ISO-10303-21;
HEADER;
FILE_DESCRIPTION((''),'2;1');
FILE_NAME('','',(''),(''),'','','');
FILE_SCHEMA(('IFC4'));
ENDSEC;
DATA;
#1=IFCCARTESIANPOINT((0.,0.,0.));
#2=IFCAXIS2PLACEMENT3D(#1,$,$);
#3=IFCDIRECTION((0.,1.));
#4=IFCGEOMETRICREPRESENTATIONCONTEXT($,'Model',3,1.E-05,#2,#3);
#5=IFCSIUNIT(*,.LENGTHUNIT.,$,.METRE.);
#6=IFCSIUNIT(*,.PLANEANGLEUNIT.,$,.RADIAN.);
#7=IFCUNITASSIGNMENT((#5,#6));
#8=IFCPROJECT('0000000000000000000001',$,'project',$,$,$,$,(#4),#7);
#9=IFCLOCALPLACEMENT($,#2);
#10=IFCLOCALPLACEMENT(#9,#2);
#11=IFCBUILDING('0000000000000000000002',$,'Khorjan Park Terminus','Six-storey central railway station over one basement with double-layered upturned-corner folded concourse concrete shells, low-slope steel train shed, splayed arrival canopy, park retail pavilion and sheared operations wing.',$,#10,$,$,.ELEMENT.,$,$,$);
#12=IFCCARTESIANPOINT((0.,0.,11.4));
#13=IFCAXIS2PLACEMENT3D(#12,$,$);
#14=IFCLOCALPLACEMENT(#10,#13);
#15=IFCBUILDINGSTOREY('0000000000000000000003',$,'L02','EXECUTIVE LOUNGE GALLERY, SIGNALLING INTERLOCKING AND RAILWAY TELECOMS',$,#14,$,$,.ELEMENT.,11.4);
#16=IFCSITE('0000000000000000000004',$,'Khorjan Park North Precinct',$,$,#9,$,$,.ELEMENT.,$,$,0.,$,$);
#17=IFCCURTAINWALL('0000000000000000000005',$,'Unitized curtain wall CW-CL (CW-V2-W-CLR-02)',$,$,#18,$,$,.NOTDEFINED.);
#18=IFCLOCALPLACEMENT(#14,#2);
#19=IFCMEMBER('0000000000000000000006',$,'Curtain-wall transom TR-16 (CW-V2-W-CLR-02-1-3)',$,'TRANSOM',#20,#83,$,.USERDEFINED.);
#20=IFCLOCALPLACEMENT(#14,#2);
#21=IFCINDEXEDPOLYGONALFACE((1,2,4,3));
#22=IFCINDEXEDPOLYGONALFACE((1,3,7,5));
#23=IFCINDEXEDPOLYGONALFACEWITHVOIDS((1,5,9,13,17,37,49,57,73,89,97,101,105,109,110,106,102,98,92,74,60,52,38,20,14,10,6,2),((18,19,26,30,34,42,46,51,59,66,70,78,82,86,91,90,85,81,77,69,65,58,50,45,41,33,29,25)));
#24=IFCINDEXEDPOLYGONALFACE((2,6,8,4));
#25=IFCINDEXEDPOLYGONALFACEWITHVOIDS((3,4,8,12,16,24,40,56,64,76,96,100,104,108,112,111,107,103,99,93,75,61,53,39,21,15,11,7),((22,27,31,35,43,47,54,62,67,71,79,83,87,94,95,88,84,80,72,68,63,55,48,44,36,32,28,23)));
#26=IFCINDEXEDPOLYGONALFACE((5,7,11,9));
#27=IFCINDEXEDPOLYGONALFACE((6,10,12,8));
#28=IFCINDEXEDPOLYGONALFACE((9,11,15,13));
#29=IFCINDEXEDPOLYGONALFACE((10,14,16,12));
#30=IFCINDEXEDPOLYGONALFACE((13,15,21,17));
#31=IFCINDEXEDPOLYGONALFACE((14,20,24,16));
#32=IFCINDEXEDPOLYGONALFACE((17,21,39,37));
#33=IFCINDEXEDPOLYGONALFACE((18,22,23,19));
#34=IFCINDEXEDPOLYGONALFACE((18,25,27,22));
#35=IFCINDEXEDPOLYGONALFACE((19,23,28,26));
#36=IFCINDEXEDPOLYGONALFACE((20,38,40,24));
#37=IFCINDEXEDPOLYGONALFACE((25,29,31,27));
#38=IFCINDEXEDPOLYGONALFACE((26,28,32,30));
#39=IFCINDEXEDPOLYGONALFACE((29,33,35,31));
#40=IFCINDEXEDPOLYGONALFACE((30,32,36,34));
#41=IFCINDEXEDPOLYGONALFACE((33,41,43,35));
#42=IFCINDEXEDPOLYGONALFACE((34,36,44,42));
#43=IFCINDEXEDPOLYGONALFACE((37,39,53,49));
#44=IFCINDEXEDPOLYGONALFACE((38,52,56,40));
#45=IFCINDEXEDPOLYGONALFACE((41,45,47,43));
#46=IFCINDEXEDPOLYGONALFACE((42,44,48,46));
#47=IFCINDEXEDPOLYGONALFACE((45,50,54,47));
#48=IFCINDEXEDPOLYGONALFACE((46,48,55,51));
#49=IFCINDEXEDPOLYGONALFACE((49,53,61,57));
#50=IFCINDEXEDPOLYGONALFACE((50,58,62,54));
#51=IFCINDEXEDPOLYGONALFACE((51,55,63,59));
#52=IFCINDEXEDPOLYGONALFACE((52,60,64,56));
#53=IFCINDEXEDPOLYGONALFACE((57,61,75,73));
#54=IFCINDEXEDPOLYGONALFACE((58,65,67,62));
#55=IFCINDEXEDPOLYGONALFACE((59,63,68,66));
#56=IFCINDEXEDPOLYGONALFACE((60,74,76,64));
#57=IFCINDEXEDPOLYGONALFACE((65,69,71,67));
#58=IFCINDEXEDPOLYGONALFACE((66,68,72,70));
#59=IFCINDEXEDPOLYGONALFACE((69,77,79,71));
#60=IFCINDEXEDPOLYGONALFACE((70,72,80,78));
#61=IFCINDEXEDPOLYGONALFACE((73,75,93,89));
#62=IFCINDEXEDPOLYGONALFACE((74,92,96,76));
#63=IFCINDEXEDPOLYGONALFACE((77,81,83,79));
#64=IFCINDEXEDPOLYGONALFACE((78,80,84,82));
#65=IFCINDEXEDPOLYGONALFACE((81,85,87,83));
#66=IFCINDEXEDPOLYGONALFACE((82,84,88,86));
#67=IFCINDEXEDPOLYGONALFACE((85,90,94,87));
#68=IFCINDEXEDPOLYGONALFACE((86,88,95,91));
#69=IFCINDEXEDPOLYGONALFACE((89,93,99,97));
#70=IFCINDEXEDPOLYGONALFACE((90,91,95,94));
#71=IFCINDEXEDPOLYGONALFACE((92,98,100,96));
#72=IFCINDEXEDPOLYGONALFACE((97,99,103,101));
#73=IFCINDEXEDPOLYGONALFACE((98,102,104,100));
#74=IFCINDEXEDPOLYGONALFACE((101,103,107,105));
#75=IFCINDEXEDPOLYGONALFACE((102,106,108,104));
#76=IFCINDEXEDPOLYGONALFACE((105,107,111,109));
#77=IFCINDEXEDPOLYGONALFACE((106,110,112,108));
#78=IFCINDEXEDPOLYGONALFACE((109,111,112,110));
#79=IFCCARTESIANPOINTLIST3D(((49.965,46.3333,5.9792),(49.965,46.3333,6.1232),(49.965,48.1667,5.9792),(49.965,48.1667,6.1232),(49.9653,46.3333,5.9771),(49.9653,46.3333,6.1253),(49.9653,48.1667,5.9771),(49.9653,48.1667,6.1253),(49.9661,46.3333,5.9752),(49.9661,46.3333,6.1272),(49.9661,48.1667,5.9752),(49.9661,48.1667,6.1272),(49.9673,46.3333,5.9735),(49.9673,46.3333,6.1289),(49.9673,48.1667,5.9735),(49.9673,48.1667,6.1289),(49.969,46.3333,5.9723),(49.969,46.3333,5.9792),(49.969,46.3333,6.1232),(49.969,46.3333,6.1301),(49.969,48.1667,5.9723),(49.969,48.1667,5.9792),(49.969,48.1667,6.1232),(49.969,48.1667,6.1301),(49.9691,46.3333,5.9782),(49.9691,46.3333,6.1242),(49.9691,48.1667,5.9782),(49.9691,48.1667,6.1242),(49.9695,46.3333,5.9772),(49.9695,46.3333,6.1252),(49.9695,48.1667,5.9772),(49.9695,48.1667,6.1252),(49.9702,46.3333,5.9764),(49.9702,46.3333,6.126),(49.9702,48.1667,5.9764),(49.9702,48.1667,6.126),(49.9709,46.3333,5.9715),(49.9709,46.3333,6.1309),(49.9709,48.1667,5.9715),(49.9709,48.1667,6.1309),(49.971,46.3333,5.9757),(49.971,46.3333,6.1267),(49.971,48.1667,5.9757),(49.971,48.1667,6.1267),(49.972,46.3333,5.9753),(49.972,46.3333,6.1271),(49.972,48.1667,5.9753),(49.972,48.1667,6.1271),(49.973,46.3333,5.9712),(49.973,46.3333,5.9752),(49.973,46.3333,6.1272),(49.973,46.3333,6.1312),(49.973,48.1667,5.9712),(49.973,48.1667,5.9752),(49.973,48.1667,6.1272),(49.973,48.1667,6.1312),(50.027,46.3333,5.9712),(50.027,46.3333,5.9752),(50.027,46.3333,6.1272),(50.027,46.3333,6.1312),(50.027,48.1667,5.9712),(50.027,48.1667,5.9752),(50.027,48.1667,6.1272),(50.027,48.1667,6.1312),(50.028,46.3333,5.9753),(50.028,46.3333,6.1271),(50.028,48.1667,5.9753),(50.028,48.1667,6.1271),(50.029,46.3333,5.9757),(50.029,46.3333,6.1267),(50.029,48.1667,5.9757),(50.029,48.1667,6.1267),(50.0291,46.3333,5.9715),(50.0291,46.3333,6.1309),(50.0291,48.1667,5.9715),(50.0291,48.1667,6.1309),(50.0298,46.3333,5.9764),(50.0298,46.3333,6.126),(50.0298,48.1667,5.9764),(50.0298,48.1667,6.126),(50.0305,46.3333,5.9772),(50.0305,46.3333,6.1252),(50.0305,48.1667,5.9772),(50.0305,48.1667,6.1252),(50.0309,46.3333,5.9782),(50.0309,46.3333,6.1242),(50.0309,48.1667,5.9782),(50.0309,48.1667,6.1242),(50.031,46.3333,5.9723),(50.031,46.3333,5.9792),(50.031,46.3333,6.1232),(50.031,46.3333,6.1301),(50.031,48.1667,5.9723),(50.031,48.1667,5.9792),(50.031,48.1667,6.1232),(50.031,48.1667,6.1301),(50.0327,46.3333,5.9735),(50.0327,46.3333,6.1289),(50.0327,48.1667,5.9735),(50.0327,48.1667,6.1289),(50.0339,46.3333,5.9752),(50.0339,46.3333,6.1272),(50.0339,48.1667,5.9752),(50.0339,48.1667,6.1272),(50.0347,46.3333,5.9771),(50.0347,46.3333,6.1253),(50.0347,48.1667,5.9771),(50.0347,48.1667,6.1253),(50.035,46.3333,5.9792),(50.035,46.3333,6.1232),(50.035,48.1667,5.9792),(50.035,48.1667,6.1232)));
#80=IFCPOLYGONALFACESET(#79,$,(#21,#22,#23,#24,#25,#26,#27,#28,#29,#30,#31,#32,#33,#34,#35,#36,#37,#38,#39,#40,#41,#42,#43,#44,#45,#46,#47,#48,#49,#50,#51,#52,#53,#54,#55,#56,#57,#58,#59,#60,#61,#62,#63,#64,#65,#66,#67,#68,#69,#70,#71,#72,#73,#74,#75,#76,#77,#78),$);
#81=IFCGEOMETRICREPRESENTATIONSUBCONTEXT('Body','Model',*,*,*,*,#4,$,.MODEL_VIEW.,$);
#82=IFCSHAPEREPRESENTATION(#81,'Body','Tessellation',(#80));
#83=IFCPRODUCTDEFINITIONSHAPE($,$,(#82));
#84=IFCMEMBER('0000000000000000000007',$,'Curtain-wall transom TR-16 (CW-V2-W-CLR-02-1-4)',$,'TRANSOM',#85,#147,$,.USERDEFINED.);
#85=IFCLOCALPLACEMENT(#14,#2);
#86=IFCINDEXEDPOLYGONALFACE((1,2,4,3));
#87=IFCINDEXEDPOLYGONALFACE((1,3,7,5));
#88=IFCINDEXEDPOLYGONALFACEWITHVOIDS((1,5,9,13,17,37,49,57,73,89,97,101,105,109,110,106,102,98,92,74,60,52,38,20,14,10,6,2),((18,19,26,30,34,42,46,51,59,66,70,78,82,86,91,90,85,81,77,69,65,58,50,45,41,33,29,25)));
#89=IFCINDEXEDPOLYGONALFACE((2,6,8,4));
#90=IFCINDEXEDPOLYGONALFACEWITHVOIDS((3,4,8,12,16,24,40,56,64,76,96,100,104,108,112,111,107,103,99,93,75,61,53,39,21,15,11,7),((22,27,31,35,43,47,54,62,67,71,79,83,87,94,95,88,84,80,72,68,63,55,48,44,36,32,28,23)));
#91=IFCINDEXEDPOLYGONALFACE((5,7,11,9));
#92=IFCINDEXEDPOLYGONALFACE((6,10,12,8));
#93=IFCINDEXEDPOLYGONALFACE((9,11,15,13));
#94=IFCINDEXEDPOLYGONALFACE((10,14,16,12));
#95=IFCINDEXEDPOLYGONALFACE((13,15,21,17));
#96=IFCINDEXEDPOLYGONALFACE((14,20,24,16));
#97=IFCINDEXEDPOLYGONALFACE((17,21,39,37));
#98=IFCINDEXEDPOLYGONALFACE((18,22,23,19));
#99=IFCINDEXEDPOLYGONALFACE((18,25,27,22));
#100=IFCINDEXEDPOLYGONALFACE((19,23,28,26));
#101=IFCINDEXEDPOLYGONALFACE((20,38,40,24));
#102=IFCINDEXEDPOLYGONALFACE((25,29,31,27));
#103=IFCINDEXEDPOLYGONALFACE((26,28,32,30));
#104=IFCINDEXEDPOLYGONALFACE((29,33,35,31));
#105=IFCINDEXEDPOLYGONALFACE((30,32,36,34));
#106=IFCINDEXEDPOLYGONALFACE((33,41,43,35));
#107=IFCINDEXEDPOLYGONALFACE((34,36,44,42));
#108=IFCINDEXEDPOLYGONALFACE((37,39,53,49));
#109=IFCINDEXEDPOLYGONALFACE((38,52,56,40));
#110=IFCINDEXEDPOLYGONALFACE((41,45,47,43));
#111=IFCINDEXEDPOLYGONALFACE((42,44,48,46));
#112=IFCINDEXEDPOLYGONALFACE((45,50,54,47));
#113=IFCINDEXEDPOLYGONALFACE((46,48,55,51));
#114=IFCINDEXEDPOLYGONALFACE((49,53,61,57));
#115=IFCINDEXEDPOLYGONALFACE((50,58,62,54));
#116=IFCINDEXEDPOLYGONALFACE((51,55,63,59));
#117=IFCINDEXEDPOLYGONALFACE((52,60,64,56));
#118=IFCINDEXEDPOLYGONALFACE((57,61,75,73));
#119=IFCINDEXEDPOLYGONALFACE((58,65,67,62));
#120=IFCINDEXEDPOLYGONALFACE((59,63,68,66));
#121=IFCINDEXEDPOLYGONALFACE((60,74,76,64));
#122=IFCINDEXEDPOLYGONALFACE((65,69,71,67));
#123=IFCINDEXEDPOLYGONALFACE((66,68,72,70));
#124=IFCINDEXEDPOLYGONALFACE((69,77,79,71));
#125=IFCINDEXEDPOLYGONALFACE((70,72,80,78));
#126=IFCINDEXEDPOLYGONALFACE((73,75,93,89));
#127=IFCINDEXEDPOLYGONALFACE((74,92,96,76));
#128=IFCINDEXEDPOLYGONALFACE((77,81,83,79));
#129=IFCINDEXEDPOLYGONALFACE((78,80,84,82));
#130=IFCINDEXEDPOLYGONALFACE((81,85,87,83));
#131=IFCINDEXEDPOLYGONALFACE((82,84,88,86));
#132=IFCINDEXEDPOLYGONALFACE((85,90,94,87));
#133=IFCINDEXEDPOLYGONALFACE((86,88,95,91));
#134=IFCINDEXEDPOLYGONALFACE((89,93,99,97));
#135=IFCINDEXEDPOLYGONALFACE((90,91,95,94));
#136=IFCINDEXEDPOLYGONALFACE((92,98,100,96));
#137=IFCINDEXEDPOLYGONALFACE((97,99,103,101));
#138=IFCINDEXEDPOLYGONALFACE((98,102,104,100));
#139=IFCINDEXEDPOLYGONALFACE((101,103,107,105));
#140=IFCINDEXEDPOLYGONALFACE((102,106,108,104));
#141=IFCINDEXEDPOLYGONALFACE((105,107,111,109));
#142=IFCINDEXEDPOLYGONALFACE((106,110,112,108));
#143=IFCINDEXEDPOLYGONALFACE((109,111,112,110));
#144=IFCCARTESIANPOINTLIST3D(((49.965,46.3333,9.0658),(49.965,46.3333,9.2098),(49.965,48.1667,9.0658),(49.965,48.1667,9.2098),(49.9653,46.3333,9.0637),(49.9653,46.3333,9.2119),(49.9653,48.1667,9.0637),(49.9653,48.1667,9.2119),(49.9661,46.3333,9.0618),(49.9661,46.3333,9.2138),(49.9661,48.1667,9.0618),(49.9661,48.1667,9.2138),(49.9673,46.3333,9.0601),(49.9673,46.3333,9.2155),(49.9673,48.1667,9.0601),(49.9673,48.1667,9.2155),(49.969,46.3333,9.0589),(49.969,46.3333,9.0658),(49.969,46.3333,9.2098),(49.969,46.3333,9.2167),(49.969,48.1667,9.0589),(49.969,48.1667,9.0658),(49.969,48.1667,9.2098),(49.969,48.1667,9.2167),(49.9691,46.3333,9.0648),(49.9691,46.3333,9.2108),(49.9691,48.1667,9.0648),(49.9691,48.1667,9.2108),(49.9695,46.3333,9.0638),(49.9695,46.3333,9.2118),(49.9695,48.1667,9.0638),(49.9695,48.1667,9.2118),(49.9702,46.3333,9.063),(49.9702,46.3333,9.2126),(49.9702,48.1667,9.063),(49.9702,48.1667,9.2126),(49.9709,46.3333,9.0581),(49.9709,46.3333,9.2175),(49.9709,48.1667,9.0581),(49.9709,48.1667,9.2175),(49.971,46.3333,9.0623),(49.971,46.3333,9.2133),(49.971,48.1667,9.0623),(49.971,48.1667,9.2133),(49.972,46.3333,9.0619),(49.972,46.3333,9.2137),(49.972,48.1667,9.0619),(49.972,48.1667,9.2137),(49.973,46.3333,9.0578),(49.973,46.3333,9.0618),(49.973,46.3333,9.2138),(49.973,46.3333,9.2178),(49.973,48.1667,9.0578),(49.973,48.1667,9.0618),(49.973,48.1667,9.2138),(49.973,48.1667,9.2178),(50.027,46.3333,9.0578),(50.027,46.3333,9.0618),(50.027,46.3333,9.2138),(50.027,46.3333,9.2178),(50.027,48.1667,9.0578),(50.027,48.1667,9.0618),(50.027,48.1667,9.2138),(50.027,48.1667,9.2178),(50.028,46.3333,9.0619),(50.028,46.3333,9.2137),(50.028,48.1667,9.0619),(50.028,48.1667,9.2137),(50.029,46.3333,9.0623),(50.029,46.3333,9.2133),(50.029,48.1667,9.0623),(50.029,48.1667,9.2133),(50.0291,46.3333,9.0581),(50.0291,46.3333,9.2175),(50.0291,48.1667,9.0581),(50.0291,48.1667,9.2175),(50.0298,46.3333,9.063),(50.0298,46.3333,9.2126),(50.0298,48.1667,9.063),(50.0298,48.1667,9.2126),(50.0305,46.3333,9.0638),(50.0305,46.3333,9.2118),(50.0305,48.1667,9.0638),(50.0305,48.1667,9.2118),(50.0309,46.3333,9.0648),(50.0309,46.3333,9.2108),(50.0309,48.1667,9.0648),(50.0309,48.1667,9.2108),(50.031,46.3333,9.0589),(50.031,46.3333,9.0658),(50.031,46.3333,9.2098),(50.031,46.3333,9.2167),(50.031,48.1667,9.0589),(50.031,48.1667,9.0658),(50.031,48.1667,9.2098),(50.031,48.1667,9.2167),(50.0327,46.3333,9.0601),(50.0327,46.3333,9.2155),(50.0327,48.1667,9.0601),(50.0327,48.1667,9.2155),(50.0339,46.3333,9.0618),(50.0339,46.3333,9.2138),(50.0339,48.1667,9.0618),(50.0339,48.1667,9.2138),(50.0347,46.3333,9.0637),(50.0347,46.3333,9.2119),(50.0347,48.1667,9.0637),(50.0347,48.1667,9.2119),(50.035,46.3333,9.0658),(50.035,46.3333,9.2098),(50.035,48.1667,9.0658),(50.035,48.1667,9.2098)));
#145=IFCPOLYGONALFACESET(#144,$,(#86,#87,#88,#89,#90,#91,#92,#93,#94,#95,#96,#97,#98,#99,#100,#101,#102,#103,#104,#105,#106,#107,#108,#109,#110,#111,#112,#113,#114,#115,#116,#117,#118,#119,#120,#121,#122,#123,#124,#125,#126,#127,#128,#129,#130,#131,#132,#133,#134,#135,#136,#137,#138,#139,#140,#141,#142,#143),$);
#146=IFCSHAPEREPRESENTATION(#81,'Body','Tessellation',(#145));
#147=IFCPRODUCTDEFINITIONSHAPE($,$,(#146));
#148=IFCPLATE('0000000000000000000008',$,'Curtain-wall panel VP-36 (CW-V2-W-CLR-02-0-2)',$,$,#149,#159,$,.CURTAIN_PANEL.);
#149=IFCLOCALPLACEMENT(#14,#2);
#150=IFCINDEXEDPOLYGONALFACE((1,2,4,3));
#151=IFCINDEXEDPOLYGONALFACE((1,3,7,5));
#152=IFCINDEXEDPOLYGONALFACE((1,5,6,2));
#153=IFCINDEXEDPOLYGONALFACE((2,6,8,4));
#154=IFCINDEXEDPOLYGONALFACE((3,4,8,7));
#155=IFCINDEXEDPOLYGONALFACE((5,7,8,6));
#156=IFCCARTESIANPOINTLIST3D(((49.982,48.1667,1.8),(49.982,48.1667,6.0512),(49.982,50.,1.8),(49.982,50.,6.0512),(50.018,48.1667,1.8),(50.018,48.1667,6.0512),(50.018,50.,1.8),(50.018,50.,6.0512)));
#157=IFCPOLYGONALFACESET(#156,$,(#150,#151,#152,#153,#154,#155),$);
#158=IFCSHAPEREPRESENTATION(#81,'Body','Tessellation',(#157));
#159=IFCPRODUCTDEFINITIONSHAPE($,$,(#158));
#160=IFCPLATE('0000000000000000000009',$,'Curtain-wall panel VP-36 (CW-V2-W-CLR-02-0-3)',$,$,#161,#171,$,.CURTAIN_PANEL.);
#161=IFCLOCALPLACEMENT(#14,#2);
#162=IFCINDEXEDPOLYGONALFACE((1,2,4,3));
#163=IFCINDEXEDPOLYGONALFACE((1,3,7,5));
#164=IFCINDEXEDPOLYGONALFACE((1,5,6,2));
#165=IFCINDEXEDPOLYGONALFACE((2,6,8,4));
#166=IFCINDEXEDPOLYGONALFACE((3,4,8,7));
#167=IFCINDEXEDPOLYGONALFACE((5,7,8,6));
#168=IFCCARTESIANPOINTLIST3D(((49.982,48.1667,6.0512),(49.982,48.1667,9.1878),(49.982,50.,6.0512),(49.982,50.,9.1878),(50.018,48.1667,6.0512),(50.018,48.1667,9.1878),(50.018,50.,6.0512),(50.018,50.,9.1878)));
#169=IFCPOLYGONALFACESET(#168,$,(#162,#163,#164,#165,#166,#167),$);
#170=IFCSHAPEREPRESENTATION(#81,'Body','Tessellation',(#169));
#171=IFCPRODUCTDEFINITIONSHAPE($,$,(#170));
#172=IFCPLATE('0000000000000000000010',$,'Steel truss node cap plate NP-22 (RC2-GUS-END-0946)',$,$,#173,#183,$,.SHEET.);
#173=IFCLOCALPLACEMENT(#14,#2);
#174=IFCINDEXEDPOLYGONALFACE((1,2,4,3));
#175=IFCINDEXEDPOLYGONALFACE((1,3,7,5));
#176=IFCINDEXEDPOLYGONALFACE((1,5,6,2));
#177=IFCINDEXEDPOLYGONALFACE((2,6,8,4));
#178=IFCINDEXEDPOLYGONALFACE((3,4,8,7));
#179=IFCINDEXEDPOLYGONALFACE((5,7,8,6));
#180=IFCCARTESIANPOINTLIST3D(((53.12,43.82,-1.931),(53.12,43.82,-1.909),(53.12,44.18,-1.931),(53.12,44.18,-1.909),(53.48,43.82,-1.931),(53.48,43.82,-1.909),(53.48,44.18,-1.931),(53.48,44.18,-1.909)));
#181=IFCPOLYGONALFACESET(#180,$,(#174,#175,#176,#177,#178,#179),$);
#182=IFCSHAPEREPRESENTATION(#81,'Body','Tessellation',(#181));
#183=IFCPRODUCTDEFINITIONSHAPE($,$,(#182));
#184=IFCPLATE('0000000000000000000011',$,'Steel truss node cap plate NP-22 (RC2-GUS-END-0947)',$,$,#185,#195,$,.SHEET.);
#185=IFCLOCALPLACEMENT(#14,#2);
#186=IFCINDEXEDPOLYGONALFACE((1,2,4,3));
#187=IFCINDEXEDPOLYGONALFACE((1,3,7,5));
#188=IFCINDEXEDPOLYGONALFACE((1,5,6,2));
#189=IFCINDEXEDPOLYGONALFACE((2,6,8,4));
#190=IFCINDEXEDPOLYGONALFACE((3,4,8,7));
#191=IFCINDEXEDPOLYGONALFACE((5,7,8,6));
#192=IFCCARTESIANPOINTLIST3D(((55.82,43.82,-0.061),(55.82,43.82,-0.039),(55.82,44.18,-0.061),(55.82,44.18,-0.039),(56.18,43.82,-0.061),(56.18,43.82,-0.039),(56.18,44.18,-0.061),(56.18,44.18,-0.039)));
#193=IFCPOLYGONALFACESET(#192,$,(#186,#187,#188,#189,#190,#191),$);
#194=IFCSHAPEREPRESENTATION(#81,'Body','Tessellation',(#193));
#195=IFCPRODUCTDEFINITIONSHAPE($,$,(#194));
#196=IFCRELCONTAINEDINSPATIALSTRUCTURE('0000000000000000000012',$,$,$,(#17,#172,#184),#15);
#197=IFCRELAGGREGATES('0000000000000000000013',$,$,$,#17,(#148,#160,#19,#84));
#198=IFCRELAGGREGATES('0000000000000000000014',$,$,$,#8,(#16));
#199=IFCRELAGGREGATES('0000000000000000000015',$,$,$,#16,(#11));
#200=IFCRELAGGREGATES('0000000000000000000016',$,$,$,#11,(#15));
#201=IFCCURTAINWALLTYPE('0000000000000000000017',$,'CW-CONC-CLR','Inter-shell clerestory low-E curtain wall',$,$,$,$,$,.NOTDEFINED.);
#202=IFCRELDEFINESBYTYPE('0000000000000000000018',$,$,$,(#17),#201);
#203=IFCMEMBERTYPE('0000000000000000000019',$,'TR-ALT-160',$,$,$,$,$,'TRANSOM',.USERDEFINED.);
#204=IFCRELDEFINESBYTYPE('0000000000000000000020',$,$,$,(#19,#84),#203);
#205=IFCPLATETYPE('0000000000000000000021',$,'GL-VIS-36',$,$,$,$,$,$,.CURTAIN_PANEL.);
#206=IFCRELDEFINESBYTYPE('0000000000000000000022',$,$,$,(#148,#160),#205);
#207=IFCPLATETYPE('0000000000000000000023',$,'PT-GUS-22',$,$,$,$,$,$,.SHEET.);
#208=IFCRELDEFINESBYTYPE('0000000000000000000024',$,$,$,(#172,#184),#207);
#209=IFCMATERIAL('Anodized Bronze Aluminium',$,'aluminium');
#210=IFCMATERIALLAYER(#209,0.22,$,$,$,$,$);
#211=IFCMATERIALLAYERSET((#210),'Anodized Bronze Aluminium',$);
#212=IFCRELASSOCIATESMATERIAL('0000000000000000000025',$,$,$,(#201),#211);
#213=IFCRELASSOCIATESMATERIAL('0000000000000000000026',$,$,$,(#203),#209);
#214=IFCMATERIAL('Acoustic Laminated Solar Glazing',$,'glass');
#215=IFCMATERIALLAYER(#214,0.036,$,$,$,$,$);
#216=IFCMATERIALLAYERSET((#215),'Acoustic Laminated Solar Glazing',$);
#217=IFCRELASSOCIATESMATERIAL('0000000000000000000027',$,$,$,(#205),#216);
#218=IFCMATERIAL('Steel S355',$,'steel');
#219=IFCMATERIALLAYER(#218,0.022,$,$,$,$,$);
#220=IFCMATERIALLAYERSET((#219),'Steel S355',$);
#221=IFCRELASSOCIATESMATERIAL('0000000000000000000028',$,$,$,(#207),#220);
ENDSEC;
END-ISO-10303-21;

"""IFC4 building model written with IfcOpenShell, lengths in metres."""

from ifc_helpers import new_model, si_unit, direction, frame, origin, origin_2d, place, context, subcontext, project, spatial, rectangle, hollow_rectangle, extrude, material, layer, layer_set, material_profile, profile_set, type_object, element, aggregate, save


model = new_model("IFC4")

# Units and contexts
model_context = context("Model", 3, precision=1e-05, world=origin(), true_north=direction((0.0, 1.0)))
body_context = subcontext(model_context, "Body", "Model", "MODEL_VIEW")
ifc_project = project(units=[si_unit("LENGTHUNIT", "METRE"), si_unit("PLANEANGLEUNIT", "RADIAN")], contexts=[model_context])

# Site, building, storey
site_placement = place(None, origin())
site = spatial("IfcSite", under=ifc_project, at=site_placement, Name="Khorjan Park North Precinct", CompositionType="ELEMENT", RefElevation=0.0)
building_placement = place(site_placement, origin())
building = spatial("IfcBuilding", under=site, at=building_placement, Name="Khorjan Park Terminus", Description="Six-storey central railway station over one basement with double-layered upturned-corner folded concourse concrete shells, low-slope steel train shed, splayed arrival canopy, park retail pavilion and sheared operations wing.", CompositionType="ELEMENT")
storey_placement = place(building_placement, frame((0.0, 0.0, 11.4)))
storey = spatial("IfcBuildingStorey", under=building, at=storey_placement, Name="L02", Description="EXECUTIVE LOUNGE GALLERY, SIGNALLING INTERLOCKING AND RAILWAY TELECOMS", CompositionType="ELEMENT", Elevation=11.4)

# Shared definitions
ifc_material_1 = material(Name="Steel S355", Category="steel")

# Curtain wall, members, plates
ifc_material_2 = material(Name="Anodized Bronze Aluminium", Category="aluminium")
ifc_layer_1 = layer(ifc_material_2, 0.22)
ifc_layer_set_1 = layer_set([ifc_layer_1], Name="Anodized Bronze Aluminium")
curtain_wall_type = type_object("IfcCurtainWallType", Name="CW-CONC-CLR", Description="Inter-shell clerestory low-E curtain wall", PredefinedType="NOTDEFINED", material=ifc_layer_set_1)
curtain_wall_placement = place(storey_placement, origin())
curtain_wall = element("IfcCurtainWall", 1, at=curtain_wall_placement, inside=storey, type_object=curtain_wall_type, Name="Unitized curtain wall CW-CL (CW-V2-W-CLR-02)", PredefinedType="NOTDEFINED")
ifc_material_profile_1 = material_profile(ifc_material_2, hollow_rectangle(XDim=0.07, YDim=0.16, WallThickness=0.004, InnerFilletRadius=0.004, OuterFilletRadius=0.008, at=origin_2d()), Name="ALT 70x160x4")
ifc_profile_set_1 = profile_set([ifc_material_profile_1], Name="Anodized Bronze Aluminium")
member_type_1 = type_object("IfcMemberType", Name="TR-ALT-160", ElementType="TRANSOM", PredefinedType="USERDEFINED", material=ifc_profile_set_1)
member_1_placement = place(storey_placement, frame((50.0, 48.1667, 6.0512), z_axis=(0.0, -1.0, 0.0), x_axis=(1.0, 0.0, 0.0)))
member_1 = element("IfcMember", 2, at=member_1_placement, type_object=member_type_1, Name="Curtain-wall transom TR-16 (CW-V2-W-CLR-02-1-3)", ObjectType="TRANSOM", PredefinedType="USERDEFINED", context=body_context, shape_type="SweptSolid", body=[
    extrude(hollow_rectangle(XDim=0.07, YDim=0.16, WallThickness=0.004, InnerFilletRadius=0.004, OuterFilletRadius=0.008, at=origin_2d()), origin(), (0.0, 0.0, 1.0), 1.8334),
])
member_2_placement = place(storey_placement, frame((50.0, 48.1667, 9.1378), z_axis=(0.0, -1.0, 0.0), x_axis=(1.0, 0.0, 0.0)))
member_2 = element("IfcMember", 3, at=member_2_placement, type_object=member_type_1, Name="Curtain-wall transom TR-16 (CW-V2-W-CLR-02-1-4)", ObjectType="TRANSOM", PredefinedType="USERDEFINED", context=body_context, shape_type="SweptSolid", body=[
    extrude(hollow_rectangle(XDim=0.07, YDim=0.16, WallThickness=0.004, InnerFilletRadius=0.004, OuterFilletRadius=0.008, at=origin_2d()), origin(), (0.0, 0.0, 1.0), 1.8334),
])
ifc_material_3 = material(Name="Acoustic Laminated Solar Glazing", Category="glass")
ifc_layer_2 = layer(ifc_material_3, 0.036)
ifc_layer_set_2 = layer_set([ifc_layer_2], Name="Acoustic Laminated Solar Glazing")
plate_type_1 = type_object("IfcPlateType", Name="GL-VIS-36", PredefinedType="CURTAIN_PANEL", material=ifc_layer_set_2)
plate_1_placement = place(storey_placement, frame((50.0, 49.0833, 1.8), z_axis=(0.0, 0.0, 1.0), x_axis=(0.0, -1.0, 0.0)))
plate_1 = element("IfcPlate", 4, at=plate_1_placement, type_object=plate_type_1, Name="Curtain-wall panel VP-36 (CW-V2-W-CLR-02-0-2)", PredefinedType="CURTAIN_PANEL", context=body_context, shape_type="SweptSolid", body=[
    extrude(rectangle(XDim=1.8333, YDim=0.036, at=origin_2d()), origin(), (0.0, 0.0, 1.0), 4.2512),
])
plate_2_placement = place(storey_placement, frame((50.0, 49.0833, 6.0512), z_axis=(0.0, 0.0, 1.0), x_axis=(0.0, -1.0, 0.0)))
plate_2 = element("IfcPlate", 5, at=plate_2_placement, type_object=plate_type_1, Name="Curtain-wall panel VP-36 (CW-V2-W-CLR-02-0-3)", PredefinedType="CURTAIN_PANEL", context=body_context, shape_type="SweptSolid", body=[
    extrude(rectangle(XDim=1.8333, YDim=0.036, at=origin_2d()), origin(), (0.0, 0.0, 1.0), 3.1366),
])

# Plates
ifc_layer_3 = layer(ifc_material_1, 0.022)
ifc_layer_set_3 = layer_set([ifc_layer_3], Name="Steel S355")
plate_type_2 = type_object("IfcPlateType", Name="PT-GUS-22", PredefinedType="SHEET", material=ifc_layer_set_3)
for number, where, z_axis, x_axis, name in (
    (6, (53.3, 44.0, -1.931), (0.0, 0.0, 1.0), (1.0, 0.0, 0.0), "Steel truss node cap plate NP-22 (RC2-GUS-END-0946)"),
    (7, (56.0, 44.0, -0.061), (0.0, 0.0, 1.0), (1.0, 0.0, 0.0), "Steel truss node cap plate NP-22 (RC2-GUS-END-0947)"),
):
    element("IfcPlate", number, at=place(storey_placement, frame(where, z_axis=z_axis, x_axis=x_axis)), inside=storey, type_object=plate_type_2, Name=name, PredefinedType="SHEET", context=body_context, shape_type="SweptSolid", body=[
        extrude(rectangle(XDim=0.36, YDim=0.36, at=origin_2d()), origin(), (0.0, 0.0, 1.0), 0.022),
    ])

aggregate(curtain_wall, [plate_1, plate_2, member_1, member_2])

save(model, "model.ifc")
